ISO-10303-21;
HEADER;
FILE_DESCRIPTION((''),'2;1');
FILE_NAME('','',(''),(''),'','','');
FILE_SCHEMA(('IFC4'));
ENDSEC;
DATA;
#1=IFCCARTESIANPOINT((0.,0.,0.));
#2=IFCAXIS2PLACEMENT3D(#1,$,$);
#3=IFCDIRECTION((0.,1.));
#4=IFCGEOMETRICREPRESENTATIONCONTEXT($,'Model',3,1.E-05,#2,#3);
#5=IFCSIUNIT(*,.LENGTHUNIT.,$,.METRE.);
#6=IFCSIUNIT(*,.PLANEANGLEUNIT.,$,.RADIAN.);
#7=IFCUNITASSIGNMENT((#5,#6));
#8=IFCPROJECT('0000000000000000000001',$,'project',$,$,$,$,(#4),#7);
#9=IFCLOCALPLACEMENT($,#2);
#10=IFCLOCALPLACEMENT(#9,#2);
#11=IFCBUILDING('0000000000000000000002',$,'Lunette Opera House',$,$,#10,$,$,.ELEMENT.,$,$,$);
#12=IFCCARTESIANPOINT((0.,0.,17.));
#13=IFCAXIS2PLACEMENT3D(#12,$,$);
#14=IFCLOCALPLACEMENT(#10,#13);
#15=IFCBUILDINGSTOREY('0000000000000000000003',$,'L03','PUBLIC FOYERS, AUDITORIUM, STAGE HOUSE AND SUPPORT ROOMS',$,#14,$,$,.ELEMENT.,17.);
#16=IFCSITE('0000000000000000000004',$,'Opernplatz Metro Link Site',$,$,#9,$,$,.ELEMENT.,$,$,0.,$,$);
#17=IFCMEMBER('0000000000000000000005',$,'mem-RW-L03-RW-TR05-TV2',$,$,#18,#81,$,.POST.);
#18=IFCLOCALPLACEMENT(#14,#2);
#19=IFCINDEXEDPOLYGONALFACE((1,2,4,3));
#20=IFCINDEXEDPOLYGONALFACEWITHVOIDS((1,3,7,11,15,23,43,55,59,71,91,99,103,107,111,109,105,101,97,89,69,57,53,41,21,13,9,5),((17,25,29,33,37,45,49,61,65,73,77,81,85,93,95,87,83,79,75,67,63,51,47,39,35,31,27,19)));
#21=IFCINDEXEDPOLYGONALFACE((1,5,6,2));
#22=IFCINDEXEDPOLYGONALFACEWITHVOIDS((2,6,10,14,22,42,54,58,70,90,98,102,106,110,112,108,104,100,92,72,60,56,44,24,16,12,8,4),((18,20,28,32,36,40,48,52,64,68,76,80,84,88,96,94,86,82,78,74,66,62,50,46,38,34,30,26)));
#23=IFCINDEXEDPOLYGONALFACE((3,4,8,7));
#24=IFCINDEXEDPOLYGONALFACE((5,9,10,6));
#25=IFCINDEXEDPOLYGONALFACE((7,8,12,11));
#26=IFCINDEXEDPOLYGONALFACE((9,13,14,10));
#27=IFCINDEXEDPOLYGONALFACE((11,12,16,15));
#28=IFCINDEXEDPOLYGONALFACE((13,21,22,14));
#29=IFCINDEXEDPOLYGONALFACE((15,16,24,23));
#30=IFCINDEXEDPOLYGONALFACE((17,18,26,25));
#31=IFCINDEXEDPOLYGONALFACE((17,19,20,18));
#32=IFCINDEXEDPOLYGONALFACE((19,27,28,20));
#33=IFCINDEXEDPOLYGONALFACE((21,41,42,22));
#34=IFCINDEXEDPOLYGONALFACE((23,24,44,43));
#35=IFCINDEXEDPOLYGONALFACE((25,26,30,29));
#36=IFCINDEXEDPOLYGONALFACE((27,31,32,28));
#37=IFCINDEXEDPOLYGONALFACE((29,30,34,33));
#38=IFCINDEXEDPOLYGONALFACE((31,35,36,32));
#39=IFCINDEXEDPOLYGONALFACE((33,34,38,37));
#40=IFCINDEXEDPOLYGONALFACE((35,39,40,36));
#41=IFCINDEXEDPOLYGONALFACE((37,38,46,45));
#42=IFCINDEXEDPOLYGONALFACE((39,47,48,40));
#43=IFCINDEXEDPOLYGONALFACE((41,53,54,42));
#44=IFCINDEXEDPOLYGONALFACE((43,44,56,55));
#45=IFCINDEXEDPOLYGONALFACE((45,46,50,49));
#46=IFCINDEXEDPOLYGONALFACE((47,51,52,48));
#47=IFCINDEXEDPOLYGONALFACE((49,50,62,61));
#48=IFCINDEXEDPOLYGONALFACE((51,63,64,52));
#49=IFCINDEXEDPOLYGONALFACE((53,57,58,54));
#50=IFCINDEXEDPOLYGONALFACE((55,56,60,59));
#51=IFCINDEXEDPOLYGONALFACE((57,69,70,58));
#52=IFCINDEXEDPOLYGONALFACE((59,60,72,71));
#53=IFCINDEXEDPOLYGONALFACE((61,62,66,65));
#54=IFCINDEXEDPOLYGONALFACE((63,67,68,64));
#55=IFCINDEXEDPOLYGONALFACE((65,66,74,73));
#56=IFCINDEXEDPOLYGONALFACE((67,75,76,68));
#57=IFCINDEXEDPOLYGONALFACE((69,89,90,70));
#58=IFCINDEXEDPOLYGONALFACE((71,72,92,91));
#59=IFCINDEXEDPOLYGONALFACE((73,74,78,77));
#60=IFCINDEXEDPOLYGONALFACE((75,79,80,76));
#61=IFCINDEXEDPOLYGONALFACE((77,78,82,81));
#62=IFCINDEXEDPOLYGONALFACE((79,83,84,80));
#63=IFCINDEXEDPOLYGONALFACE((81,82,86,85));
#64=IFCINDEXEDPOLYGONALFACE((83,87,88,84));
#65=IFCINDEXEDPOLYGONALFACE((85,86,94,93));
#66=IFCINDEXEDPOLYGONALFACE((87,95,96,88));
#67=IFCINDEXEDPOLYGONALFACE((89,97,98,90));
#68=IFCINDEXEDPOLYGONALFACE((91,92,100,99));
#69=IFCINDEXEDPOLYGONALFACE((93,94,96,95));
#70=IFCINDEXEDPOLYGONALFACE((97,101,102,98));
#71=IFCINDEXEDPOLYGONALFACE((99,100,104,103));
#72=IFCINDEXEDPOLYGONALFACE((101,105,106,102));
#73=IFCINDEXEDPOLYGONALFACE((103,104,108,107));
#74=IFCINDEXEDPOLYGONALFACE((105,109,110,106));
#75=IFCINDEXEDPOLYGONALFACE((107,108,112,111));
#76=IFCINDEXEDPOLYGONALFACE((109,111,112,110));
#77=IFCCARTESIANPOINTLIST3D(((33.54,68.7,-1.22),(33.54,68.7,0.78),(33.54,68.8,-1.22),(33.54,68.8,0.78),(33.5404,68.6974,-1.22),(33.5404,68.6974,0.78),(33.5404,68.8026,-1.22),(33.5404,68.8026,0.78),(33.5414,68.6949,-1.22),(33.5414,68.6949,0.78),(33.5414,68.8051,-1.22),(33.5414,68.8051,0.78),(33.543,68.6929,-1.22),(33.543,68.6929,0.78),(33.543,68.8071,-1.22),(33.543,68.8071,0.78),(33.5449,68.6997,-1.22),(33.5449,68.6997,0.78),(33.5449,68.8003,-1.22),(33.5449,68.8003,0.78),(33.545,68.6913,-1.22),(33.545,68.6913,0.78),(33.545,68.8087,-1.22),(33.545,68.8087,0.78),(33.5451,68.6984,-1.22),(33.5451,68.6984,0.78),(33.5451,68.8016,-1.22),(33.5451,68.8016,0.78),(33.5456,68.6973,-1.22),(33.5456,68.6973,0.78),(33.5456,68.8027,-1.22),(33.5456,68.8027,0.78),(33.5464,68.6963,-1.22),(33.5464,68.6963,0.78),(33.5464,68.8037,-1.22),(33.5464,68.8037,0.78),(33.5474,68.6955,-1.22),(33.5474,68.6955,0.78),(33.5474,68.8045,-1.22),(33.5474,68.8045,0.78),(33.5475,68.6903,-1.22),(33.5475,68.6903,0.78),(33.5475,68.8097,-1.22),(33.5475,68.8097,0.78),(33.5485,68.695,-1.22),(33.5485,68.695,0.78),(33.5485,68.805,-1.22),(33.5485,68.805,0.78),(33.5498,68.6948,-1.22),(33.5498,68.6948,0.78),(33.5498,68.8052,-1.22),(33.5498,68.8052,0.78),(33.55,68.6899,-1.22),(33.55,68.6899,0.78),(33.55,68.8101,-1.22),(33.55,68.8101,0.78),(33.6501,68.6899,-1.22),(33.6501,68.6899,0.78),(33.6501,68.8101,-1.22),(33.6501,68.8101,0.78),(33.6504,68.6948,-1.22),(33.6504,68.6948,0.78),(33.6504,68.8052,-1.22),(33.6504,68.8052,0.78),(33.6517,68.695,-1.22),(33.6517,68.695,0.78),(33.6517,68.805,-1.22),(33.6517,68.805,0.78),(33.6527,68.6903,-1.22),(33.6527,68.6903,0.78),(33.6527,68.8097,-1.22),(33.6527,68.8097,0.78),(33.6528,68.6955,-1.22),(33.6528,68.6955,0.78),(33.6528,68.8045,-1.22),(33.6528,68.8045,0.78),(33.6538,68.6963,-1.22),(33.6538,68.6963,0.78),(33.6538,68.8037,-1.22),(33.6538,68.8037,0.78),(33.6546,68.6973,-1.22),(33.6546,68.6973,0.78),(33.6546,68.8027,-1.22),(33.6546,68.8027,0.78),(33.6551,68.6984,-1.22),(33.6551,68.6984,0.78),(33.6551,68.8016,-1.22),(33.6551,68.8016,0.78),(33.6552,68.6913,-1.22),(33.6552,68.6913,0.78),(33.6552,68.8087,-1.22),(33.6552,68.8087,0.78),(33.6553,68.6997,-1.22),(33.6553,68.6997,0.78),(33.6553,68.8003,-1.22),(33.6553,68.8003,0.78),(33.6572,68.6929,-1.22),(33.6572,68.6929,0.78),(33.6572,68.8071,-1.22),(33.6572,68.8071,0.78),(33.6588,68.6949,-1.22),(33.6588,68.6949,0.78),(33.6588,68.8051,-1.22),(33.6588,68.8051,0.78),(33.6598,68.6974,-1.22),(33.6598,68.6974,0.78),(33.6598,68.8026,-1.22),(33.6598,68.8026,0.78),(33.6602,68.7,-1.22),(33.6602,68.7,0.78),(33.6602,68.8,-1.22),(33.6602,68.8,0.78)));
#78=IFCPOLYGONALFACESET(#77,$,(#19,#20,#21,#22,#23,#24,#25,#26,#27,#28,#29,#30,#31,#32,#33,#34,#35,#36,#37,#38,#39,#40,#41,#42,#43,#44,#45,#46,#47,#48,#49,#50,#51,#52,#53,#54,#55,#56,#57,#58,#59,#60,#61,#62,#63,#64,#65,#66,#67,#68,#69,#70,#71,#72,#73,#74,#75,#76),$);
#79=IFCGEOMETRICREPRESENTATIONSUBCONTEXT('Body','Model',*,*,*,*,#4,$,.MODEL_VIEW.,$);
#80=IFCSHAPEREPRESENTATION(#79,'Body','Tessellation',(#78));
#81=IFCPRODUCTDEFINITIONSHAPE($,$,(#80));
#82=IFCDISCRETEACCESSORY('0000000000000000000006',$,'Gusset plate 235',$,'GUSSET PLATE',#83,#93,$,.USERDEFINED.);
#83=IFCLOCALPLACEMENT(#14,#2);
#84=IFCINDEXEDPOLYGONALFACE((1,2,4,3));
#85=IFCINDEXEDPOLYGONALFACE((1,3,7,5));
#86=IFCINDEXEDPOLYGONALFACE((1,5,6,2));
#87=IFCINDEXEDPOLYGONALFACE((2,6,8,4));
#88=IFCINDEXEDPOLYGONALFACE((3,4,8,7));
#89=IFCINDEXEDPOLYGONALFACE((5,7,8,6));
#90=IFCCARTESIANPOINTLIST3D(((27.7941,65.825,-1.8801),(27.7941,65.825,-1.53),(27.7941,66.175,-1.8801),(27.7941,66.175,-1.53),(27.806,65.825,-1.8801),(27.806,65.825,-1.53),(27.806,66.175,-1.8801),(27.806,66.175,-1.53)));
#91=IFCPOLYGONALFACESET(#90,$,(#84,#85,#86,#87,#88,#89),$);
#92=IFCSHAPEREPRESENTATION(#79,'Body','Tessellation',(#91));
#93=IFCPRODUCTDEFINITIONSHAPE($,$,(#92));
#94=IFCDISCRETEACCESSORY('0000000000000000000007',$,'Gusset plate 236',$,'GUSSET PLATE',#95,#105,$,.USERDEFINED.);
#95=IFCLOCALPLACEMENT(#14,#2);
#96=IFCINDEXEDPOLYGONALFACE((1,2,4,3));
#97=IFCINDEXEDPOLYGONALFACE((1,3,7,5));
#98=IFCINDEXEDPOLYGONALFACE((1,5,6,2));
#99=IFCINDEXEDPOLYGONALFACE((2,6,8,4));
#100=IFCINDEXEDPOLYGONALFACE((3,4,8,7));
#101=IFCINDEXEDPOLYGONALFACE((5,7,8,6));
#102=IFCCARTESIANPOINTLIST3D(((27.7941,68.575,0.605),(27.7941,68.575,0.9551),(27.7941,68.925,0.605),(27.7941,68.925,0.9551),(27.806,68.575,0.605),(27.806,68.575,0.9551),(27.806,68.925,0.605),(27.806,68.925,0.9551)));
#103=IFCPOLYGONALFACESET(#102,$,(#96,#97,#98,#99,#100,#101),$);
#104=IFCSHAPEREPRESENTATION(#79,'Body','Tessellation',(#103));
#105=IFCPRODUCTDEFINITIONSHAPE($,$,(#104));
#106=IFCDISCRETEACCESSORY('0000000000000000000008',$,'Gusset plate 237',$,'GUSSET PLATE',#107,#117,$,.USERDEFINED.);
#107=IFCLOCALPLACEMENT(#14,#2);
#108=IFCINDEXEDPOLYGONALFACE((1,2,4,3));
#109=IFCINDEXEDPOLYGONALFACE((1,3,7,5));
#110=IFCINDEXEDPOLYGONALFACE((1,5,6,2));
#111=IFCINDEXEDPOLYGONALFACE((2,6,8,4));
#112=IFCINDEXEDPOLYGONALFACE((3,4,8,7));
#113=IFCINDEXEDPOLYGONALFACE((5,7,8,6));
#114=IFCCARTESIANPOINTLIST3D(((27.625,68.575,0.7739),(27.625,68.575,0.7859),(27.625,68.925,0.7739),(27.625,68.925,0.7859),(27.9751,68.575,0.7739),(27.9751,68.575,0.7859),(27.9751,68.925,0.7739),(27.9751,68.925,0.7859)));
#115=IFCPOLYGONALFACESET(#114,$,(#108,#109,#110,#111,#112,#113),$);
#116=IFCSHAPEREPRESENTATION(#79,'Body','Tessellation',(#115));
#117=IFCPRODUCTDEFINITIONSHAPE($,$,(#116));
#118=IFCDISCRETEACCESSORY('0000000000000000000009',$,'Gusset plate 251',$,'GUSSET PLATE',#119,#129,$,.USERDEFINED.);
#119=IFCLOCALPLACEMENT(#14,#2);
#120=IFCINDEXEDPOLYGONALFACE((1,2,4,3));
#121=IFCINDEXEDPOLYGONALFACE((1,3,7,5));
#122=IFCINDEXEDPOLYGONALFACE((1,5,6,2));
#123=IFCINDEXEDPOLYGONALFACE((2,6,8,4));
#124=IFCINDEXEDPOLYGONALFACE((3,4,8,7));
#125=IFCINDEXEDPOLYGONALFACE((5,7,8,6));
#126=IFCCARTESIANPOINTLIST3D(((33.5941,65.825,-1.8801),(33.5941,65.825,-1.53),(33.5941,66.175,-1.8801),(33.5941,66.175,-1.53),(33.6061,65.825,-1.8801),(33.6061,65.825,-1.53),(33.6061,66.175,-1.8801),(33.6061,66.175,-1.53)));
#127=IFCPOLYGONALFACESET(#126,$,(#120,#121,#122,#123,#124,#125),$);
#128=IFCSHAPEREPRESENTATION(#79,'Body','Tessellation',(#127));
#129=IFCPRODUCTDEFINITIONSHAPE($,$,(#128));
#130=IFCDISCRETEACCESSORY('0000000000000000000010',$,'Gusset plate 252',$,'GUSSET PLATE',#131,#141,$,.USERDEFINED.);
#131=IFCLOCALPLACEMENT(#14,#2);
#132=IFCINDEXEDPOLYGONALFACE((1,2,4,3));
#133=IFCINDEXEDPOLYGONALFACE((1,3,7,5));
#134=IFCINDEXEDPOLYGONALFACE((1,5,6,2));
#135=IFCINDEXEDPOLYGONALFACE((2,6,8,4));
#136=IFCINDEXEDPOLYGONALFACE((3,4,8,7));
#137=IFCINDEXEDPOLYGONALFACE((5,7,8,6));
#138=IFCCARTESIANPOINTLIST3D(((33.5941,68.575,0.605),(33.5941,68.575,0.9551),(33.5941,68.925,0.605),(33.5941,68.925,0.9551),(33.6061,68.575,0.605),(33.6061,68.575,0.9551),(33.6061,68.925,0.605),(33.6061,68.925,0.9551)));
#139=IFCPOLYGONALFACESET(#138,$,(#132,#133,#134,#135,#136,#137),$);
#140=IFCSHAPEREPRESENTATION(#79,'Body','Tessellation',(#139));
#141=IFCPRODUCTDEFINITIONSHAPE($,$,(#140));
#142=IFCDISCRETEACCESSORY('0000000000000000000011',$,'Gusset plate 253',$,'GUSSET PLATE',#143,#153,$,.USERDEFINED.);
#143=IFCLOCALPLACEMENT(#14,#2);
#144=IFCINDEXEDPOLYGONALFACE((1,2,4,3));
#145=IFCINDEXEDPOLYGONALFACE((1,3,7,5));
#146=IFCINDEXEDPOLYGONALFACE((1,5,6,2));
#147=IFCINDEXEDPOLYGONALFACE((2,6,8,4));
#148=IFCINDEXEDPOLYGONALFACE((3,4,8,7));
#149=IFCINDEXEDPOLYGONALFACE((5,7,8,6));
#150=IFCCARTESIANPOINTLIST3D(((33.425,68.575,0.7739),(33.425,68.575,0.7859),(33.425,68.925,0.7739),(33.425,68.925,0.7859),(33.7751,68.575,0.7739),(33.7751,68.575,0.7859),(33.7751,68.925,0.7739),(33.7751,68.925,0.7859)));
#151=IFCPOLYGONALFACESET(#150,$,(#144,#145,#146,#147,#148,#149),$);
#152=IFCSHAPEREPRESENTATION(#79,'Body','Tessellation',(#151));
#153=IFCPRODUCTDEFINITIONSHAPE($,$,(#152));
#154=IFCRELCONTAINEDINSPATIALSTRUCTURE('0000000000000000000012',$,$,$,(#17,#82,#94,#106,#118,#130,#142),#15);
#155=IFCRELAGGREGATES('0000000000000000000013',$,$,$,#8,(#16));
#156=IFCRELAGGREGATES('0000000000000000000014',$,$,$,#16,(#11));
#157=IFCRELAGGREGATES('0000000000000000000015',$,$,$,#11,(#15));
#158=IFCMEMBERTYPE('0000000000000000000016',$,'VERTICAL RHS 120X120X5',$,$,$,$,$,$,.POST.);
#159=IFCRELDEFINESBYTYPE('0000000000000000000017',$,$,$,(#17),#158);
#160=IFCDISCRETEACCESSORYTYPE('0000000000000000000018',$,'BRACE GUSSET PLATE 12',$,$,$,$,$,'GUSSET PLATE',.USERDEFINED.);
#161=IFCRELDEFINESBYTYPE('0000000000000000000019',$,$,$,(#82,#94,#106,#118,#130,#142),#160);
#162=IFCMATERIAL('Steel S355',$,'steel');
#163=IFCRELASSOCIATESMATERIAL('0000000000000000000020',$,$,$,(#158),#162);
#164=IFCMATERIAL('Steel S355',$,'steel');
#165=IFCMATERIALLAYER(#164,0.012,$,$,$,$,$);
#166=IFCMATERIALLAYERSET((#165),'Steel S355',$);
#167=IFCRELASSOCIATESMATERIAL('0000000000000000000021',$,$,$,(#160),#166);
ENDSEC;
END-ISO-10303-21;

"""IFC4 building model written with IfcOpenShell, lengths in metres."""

from ifc_helpers import new_model, si_unit, direction, frame, origin, origin_2d, place, context, subcontext, project, spatial, rectangle, hollow_rectangle, extrude, material, layer, layer_set, material_profile, profile_set, type_object, element, save


model = new_model("IFC4")

# Units and contexts
model_context = context("Model", 3, precision=1e-05, world=origin(), true_north=direction((0.0, 1.0)))
body_context = subcontext(model_context, "Body", "Model", "MODEL_VIEW")
ifc_project = project(units=[si_unit("LENGTHUNIT", "METRE"), si_unit("PLANEANGLEUNIT", "RADIAN")], contexts=[model_context])

# Site, building, storey
site_placement = place(None, origin())
site = spatial("IfcSite", under=ifc_project, at=site_placement, Name="Opernplatz Metro Link Site", CompositionType="ELEMENT", RefElevation=0.0)
building_placement = place(site_placement, origin())
building = spatial("IfcBuilding", under=site, at=building_placement, Name="Lunette Opera House", CompositionType="ELEMENT")
storey_placement = place(building_placement, frame((0.0, 0.0, 17.0)))
storey = spatial("IfcBuildingStorey", under=building, at=storey_placement, Name="L03", Description="PUBLIC FOYERS, AUDITORIUM, STAGE HOUSE AND SUPPORT ROOMS", CompositionType="ELEMENT", Elevation=17.0)

# Member
ifc_material_1 = material(Name="Steel S355", Category="steel")
ifc_material_profile_1 = material_profile(ifc_material_1, hollow_rectangle(XDim=0.1201, YDim=0.1201, WallThickness=0.0049, InnerFilletRadius=0.0049, OuterFilletRadius=0.01, at=origin_2d()), Name="RHS 120X120X5")
ifc_profile_set_1 = profile_set([ifc_material_profile_1], Name="Steel S355")
member_type_1 = type_object("IfcMemberType", Name="VERTICAL RHS 120X120X5", PredefinedType="POST", material=ifc_profile_set_1)
for number, where, z_axis, x_axis, name in (
    (1, (33.6001, 68.75, -1.22), (0.0, 0.0, 1.0), (1.0, 0.0, 0.0), "mem-RW-L03-RW-TR05-TV2"),
):
    element("IfcMember", number, at=place(storey_placement, frame(where, z_axis=z_axis, x_axis=x_axis)), inside=storey, type_object=member_type_1, Name=name, PredefinedType="POST", context=body_context, shape_type="SweptSolid", body=[
        extrude(hollow_rectangle(XDim=0.1201, YDim=0.1201, WallThickness=0.0049, InnerFilletRadius=0.0049, OuterFilletRadius=0.01, at=origin_2d()), origin(), (0.0, 0.0, 1.0), 2.0),
    ])

# Discrete accessories
ifc_material_2 = material(Name="Steel S355", Category="steel")
ifc_layer = layer(ifc_material_2, 0.012)
ifc_layer_set = layer_set([ifc_layer], Name="Steel S355")
discrete_accessory_type = type_object("IfcDiscreteAccessoryType", Name="BRACE GUSSET PLATE 12", ElementType="GUSSET PLATE", PredefinedType="USERDEFINED", material=ifc_layer_set)
for number, where, z_axis, x_axis, name in (
    (2, (27.8, 66.0, -1.8801), (0.0, 0.0, 1.0), (0.0, 1.0, 0.0), "Gusset plate 235"),
    (3, (27.8, 68.75, 0.605), (0.0, 0.0, 1.0), (0.0, 1.0, 0.0), "Gusset plate 236"),
):
    element("IfcDiscreteAccessory", number, at=place(storey_placement, frame(where, z_axis=z_axis, x_axis=x_axis)), inside=storey, type_object=discrete_accessory_type, Name=name, ObjectType="GUSSET PLATE", PredefinedType="USERDEFINED", context=body_context, shape_type="SweptSolid", body=[
        extrude(rectangle(XDim=0.3501, YDim=0.012, at=origin_2d()), origin(), (0.0, 0.0, 1.0), 0.3501),
    ])
discrete_accessory_1_placement = place(storey_placement, frame((27.8, 68.75, 0.7739), z_axis=(0.0, 0.0, 1.0), x_axis=(0.0, 1.0, 0.0)))
element("IfcDiscreteAccessory", 4, at=discrete_accessory_1_placement, inside=storey, type_object=discrete_accessory_type, Name="Gusset plate 237", ObjectType="GUSSET PLATE", PredefinedType="USERDEFINED", context=body_context, shape_type="SweptSolid", body=[
    extrude(rectangle(XDim=0.3501, YDim=0.3501, at=origin_2d()), origin(), (0.0, 0.0, 1.0), 0.012),
])
for number, where, z_axis, x_axis, name in (
    (5, (33.6001, 66.0, -1.8801), (0.0, 0.0, 1.0), (0.0, 1.0, 0.0), "Gusset plate 251"),
    (6, (33.6001, 68.75, 0.605), (0.0, 0.0, 1.0), (0.0, 1.0, 0.0), "Gusset plate 252"),
):
    element("IfcDiscreteAccessory", number, at=place(storey_placement, frame(where, z_axis=z_axis, x_axis=x_axis)), inside=storey, type_object=discrete_accessory_type, Name=name, ObjectType="GUSSET PLATE", PredefinedType="USERDEFINED", context=body_context, shape_type="SweptSolid", body=[
        extrude(rectangle(XDim=0.3501, YDim=0.012, at=origin_2d()), origin(), (0.0, 0.0, 1.0), 0.3501),
    ])
discrete_accessory_2_placement = place(storey_placement, frame((33.6001, 68.75, 0.7739), z_axis=(0.0, 0.0, 1.0), x_axis=(0.0, 1.0, 0.0)))
element("IfcDiscreteAccessory", 7, at=discrete_accessory_2_placement, inside=storey, type_object=discrete_accessory_type, Name="Gusset plate 253", ObjectType="GUSSET PLATE", PredefinedType="USERDEFINED", context=body_context, shape_type="SweptSolid", body=[
    extrude(rectangle(XDim=0.3501, YDim=0.3501, at=origin_2d()), origin(), (0.0, 0.0, 1.0), 0.012),
])

save(model, "model.ifc")
